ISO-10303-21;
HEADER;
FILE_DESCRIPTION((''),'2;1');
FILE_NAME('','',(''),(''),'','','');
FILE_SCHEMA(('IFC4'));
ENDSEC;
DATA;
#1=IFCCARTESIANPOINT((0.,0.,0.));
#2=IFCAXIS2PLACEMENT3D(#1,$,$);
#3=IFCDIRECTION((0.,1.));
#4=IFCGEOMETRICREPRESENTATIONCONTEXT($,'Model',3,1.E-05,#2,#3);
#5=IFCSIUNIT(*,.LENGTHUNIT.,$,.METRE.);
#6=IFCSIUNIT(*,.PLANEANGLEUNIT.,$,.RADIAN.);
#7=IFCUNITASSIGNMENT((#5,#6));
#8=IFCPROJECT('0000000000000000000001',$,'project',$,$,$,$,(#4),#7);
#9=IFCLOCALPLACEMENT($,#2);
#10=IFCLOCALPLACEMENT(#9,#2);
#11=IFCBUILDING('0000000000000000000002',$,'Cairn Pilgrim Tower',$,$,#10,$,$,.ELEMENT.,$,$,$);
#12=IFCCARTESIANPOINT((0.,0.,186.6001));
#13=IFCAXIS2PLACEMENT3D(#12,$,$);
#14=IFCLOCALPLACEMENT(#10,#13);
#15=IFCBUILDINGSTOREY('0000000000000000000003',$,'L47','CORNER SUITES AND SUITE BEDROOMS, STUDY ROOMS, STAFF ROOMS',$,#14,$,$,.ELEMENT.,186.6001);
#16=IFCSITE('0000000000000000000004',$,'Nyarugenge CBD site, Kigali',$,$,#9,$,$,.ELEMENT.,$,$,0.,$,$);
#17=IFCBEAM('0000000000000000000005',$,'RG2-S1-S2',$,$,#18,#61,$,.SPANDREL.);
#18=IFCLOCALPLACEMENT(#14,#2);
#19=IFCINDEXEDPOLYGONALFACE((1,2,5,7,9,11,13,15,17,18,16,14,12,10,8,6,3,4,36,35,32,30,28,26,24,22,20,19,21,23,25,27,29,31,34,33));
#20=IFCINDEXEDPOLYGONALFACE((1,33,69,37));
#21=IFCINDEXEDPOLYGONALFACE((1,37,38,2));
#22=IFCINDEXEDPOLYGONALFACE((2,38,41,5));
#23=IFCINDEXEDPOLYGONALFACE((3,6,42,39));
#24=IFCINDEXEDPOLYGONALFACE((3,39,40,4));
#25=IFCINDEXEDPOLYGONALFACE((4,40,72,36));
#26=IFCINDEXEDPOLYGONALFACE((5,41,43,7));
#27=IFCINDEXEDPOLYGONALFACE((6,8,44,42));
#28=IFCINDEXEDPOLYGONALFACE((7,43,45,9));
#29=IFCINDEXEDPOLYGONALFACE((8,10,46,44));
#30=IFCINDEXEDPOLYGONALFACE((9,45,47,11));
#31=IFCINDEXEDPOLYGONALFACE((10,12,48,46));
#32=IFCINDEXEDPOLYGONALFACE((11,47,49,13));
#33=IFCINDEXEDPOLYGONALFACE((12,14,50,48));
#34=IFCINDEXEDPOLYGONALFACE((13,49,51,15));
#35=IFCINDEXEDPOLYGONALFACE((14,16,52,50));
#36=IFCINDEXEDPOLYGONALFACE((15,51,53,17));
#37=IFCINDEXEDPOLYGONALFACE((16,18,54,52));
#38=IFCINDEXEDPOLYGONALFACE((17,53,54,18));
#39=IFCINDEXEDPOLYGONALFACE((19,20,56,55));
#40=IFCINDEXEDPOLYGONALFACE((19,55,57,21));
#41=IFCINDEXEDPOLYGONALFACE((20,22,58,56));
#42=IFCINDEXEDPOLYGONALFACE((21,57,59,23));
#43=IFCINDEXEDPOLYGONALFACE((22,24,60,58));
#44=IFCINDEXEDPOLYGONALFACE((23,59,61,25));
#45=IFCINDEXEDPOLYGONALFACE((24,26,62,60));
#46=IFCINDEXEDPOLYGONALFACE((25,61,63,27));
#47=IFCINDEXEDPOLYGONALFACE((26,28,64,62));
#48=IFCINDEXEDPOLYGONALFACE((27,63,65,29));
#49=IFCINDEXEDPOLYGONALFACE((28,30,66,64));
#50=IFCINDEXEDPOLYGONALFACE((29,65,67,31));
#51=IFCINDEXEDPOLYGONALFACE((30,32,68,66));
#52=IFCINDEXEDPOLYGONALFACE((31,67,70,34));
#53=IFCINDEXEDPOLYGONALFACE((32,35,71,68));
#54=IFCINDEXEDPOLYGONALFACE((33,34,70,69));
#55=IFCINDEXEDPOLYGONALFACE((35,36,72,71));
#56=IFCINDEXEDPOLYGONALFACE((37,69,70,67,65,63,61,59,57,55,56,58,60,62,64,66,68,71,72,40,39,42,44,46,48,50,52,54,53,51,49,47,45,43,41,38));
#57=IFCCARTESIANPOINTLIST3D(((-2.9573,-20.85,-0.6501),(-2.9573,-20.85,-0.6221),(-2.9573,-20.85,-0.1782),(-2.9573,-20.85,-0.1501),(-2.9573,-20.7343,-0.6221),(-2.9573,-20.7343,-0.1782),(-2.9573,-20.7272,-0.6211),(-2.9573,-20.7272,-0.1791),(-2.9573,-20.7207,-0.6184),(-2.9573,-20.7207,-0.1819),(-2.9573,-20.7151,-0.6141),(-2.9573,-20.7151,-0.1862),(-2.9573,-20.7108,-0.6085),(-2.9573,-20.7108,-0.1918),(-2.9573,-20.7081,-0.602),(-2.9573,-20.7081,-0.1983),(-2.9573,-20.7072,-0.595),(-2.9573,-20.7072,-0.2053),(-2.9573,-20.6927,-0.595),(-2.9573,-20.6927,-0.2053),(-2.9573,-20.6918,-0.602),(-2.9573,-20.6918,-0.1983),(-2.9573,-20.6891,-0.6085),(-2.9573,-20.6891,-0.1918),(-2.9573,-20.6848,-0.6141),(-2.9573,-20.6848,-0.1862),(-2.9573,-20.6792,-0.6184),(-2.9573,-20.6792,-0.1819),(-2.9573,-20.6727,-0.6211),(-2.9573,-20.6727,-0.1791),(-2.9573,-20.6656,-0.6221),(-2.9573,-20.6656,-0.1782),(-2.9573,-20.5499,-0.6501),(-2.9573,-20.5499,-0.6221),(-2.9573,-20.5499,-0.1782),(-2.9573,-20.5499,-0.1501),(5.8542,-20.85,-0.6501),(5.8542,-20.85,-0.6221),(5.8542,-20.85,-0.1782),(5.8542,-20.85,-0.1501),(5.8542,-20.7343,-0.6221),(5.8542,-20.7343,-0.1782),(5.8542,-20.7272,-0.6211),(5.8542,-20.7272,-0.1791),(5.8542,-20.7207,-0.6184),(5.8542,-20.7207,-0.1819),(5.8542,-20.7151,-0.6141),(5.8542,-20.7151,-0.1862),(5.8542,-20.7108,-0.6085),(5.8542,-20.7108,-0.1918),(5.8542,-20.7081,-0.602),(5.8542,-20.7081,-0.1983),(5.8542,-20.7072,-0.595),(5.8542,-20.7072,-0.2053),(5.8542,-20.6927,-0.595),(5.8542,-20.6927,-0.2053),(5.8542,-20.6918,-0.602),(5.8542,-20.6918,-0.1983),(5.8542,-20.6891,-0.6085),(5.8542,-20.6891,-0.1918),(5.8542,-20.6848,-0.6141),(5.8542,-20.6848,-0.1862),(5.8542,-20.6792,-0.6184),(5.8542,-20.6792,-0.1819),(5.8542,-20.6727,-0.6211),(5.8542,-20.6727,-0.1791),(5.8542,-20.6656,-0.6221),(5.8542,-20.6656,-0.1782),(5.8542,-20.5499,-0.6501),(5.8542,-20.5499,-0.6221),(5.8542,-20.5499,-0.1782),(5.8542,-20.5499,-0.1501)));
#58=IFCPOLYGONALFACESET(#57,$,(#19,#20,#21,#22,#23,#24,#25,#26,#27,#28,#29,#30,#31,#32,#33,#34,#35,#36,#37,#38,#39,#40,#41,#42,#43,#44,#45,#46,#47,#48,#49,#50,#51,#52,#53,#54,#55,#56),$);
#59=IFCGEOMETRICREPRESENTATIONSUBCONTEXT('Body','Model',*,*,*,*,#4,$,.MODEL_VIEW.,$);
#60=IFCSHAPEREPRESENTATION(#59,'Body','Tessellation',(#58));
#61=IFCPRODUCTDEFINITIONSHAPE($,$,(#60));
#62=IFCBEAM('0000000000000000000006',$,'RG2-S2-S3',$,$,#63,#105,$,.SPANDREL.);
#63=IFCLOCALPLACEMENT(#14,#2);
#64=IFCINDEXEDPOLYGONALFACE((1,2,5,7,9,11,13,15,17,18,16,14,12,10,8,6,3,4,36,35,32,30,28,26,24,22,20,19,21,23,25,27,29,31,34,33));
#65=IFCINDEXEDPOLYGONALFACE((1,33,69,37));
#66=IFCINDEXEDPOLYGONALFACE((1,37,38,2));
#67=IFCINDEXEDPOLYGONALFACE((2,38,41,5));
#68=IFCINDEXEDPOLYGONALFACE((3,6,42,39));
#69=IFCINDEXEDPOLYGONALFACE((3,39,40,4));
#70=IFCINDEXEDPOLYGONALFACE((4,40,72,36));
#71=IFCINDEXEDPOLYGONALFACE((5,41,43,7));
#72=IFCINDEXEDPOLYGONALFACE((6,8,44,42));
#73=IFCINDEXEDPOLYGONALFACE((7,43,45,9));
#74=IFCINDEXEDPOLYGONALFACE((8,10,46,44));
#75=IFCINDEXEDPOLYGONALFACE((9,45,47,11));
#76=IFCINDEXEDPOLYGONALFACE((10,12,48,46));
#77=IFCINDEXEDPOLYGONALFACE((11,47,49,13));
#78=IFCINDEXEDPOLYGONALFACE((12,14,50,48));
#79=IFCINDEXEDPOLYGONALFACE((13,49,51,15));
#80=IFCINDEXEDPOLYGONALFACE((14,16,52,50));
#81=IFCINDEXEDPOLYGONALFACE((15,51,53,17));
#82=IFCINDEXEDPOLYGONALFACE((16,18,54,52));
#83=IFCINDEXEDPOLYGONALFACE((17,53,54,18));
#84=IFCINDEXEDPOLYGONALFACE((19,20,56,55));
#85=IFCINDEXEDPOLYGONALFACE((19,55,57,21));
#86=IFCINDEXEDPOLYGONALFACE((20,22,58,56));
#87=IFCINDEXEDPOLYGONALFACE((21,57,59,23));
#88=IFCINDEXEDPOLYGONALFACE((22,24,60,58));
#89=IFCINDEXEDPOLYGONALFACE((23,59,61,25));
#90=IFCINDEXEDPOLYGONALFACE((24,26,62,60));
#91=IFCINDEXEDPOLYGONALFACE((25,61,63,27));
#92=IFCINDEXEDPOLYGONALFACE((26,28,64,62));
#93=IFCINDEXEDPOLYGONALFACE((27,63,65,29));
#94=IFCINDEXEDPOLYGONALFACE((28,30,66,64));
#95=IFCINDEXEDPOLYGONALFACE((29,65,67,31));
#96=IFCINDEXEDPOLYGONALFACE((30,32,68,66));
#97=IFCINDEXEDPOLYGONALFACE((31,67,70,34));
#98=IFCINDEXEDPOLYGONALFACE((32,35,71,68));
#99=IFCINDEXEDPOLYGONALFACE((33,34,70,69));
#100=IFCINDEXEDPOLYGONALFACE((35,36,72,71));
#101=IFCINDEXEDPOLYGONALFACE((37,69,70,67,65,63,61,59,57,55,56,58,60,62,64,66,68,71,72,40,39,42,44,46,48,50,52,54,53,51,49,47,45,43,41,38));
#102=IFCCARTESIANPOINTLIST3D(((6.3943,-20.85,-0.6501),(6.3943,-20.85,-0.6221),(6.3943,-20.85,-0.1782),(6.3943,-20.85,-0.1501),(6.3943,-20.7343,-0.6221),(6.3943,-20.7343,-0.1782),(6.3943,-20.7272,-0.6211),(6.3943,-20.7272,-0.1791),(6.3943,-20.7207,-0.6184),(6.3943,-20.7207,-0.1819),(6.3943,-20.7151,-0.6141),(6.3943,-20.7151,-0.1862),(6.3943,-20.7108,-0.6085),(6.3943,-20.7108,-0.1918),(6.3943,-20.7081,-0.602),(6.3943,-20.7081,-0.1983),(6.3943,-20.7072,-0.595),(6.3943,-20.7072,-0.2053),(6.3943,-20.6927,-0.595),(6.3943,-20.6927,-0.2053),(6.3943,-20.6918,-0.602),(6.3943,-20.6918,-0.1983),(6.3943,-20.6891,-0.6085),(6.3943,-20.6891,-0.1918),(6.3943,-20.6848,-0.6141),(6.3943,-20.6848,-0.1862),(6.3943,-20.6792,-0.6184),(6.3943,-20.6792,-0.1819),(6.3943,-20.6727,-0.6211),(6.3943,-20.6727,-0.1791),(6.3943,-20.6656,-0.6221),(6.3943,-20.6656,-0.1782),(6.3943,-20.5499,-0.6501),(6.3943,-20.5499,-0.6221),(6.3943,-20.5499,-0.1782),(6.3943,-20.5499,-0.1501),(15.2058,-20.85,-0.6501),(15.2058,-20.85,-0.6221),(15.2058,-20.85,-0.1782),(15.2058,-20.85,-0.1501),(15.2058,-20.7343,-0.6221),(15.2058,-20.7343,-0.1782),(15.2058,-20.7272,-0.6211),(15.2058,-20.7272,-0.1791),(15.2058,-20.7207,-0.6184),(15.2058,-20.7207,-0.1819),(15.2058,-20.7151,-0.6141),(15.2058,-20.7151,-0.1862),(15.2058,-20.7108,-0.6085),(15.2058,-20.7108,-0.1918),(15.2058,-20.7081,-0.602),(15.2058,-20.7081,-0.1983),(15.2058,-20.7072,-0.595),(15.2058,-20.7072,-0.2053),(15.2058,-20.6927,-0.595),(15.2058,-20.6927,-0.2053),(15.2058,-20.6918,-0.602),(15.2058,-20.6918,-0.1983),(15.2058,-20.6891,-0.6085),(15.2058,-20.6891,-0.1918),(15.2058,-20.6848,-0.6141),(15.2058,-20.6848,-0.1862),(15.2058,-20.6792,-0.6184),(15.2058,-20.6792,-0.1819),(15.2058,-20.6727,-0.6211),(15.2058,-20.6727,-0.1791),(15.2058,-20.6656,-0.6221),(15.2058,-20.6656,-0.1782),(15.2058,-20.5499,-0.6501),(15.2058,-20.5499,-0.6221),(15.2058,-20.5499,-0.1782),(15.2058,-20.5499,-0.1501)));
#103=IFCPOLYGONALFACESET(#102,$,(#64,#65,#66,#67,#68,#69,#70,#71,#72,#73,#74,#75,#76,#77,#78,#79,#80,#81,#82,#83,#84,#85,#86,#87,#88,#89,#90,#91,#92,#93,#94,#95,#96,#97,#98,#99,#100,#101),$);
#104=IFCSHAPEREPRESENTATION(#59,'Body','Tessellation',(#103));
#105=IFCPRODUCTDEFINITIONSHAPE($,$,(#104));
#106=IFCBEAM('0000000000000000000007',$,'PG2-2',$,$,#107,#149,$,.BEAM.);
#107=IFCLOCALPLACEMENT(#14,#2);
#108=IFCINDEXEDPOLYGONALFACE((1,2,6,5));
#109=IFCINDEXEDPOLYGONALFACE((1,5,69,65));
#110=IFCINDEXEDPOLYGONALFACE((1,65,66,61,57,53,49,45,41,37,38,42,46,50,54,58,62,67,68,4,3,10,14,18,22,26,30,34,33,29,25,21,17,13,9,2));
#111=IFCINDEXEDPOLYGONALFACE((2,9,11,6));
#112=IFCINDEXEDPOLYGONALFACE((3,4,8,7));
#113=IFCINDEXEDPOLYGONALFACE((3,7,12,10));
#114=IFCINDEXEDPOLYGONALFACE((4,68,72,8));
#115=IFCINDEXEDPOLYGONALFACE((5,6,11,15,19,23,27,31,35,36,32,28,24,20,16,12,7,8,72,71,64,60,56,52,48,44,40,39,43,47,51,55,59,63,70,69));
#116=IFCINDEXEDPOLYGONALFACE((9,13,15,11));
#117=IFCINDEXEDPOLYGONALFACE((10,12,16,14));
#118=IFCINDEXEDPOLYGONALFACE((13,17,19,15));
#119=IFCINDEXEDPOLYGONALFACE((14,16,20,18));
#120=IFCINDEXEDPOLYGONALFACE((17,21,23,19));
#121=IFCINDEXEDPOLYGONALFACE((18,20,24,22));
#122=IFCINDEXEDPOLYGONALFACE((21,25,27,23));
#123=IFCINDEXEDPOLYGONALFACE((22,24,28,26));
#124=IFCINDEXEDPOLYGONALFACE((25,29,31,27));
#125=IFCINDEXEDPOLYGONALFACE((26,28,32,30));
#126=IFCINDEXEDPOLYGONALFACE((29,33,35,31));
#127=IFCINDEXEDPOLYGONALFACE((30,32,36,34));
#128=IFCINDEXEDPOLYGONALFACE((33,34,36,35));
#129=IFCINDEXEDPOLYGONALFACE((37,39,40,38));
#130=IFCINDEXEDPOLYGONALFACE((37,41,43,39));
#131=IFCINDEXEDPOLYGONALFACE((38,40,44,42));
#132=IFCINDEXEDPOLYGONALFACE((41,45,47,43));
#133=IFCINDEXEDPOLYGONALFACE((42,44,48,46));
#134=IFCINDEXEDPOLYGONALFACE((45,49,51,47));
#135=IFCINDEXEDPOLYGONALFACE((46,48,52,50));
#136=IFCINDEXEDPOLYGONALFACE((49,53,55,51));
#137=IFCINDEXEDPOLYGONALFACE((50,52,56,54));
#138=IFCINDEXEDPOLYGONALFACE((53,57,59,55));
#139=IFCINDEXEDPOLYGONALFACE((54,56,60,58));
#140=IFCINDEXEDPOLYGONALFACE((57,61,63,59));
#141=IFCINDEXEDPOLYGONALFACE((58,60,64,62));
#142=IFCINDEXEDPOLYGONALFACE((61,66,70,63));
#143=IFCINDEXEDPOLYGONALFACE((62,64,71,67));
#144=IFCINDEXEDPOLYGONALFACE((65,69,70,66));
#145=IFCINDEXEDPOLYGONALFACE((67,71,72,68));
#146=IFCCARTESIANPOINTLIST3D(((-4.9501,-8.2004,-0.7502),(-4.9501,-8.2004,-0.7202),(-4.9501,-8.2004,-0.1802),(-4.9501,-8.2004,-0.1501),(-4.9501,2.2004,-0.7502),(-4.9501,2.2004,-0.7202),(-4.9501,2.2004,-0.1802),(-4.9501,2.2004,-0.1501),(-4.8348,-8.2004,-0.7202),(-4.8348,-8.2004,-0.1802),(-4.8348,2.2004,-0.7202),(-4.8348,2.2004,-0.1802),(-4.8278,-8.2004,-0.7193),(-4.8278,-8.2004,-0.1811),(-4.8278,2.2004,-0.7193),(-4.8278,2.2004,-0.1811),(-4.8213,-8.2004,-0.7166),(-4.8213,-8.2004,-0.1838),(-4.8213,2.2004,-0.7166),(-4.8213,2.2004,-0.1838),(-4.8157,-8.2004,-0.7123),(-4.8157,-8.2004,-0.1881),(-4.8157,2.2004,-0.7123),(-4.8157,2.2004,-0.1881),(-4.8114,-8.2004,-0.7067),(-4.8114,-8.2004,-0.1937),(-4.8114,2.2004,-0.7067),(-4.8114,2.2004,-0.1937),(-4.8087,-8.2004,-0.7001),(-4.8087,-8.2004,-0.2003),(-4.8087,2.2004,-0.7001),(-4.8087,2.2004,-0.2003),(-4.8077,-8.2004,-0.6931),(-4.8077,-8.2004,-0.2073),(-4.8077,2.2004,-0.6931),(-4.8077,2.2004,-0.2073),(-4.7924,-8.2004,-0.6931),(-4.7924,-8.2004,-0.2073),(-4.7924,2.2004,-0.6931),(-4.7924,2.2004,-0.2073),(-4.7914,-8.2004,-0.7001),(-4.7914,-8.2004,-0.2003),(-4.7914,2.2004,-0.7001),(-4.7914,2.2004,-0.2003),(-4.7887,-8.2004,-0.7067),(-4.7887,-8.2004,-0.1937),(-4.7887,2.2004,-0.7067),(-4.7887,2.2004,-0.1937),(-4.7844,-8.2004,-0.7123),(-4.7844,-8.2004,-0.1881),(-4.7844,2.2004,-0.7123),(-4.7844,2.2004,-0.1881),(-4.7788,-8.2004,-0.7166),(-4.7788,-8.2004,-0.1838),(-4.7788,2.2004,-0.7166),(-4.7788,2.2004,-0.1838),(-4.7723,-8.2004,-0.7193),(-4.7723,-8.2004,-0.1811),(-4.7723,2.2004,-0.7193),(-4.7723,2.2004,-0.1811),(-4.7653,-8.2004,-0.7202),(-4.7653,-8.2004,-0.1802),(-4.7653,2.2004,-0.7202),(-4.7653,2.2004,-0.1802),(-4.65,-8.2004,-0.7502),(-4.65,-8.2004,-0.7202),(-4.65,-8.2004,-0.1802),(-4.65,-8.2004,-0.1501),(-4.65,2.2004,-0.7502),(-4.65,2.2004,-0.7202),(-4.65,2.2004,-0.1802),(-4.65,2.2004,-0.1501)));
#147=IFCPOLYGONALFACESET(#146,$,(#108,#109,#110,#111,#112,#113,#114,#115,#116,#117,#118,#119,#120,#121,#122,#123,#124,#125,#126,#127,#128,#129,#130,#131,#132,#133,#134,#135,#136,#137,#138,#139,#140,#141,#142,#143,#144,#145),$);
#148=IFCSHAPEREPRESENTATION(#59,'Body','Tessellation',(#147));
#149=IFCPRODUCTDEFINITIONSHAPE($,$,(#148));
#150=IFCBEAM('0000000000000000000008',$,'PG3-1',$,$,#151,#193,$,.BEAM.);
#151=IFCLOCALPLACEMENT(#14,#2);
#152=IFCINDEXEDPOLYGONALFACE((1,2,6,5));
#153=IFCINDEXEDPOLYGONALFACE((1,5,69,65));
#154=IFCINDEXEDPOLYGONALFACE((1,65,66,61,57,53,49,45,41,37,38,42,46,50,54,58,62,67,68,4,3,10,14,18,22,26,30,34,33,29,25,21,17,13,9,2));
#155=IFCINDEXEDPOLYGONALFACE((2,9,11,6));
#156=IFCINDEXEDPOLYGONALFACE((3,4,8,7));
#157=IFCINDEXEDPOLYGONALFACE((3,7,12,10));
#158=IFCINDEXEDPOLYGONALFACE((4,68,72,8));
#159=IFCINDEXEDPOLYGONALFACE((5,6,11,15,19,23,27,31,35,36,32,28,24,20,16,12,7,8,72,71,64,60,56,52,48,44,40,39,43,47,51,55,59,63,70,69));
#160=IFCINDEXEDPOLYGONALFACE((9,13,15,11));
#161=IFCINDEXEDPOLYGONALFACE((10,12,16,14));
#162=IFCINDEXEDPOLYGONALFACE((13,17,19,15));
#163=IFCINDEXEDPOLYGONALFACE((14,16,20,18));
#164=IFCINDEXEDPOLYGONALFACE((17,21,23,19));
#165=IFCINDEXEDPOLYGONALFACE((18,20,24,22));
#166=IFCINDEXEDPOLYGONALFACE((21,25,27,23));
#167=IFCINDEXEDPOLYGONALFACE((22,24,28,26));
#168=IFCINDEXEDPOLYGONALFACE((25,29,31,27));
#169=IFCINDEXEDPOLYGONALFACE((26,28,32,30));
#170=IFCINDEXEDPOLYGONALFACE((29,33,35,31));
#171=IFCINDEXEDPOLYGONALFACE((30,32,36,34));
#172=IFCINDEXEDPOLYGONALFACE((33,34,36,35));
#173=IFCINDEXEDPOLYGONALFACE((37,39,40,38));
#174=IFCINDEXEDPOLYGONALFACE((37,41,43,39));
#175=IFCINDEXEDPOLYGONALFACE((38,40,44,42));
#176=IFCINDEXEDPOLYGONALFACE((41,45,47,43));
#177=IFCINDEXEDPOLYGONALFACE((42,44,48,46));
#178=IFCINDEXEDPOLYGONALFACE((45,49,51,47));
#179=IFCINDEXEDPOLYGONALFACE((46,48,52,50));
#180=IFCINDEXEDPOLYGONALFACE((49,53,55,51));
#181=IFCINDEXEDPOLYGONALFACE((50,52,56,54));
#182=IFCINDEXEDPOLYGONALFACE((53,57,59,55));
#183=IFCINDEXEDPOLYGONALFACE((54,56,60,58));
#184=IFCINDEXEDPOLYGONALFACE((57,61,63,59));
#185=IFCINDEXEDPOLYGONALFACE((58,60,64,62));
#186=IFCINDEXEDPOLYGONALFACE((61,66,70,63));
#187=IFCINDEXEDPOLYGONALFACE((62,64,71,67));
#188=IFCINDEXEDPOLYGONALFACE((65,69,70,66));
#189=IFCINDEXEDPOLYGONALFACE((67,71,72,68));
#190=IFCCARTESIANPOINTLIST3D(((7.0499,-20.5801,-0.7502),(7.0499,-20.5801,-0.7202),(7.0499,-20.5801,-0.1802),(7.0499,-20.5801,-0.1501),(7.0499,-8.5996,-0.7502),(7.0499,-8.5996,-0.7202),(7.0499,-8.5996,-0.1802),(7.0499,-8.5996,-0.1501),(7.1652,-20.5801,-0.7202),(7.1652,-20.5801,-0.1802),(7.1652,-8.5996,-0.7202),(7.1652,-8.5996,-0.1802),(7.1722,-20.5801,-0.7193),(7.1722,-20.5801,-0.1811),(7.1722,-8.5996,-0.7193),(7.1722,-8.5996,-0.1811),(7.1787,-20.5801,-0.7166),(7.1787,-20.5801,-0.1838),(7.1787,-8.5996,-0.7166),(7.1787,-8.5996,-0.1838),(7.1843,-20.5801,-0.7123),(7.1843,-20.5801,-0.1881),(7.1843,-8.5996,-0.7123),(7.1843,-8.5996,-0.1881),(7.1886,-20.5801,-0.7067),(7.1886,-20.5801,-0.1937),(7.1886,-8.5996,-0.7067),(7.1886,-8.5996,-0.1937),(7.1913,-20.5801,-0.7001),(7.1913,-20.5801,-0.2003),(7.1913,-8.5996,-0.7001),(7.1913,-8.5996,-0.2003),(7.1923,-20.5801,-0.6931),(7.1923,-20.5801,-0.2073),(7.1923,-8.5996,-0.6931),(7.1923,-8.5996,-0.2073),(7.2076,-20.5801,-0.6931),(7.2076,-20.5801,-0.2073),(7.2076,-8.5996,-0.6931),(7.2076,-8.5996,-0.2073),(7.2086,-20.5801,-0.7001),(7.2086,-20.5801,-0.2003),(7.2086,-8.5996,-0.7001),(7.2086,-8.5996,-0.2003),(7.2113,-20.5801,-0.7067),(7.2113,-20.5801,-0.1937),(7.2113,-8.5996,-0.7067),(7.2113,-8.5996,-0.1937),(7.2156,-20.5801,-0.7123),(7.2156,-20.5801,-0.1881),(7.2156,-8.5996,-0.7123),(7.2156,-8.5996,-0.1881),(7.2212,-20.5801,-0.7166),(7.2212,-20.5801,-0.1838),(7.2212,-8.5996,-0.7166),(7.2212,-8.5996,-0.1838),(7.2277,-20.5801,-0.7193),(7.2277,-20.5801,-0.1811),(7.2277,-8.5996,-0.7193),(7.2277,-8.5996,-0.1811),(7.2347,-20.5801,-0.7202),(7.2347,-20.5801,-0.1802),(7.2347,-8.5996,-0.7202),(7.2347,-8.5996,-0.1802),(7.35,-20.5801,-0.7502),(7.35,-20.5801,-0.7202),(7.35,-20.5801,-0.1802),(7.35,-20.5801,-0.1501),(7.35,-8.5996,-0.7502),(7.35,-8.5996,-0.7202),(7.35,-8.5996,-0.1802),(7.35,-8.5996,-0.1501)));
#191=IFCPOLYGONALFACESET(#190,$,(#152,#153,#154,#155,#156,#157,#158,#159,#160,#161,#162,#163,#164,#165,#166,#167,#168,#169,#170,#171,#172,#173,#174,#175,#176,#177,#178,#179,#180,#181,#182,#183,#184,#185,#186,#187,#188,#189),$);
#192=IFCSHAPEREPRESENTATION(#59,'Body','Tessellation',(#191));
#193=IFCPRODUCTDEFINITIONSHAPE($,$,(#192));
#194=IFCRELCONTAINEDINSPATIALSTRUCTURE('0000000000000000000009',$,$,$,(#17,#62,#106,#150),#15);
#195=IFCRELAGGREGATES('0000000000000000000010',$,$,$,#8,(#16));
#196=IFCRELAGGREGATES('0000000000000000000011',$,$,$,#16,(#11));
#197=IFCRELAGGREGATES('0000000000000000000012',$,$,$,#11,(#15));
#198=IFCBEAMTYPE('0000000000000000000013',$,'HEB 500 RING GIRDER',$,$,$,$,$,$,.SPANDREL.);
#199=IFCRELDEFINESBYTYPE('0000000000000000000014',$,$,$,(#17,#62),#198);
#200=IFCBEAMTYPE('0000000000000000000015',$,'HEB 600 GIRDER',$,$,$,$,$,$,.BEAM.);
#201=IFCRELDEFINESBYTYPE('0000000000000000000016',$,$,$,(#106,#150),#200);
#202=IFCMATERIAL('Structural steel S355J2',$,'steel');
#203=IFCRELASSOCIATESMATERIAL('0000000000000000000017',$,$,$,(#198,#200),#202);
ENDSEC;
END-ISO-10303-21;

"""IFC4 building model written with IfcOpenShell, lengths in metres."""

from ifc_helpers import new_model, si_unit, direction, frame, origin, origin_2d, place, context, subcontext, project, spatial, i_section, extrude, material, material_profile, profile_set, type_object, element, save


model = new_model("IFC4")

# Units and contexts
model_context = context("Model", 3, precision=1e-05, world=origin(), true_north=direction((0.0, 1.0)))
body_context = subcontext(model_context, "Body", "Model", "MODEL_VIEW")
ifc_project = project(units=[si_unit("LENGTHUNIT", "METRE"), si_unit("PLANEANGLEUNIT", "RADIAN")], contexts=[model_context])

# Site, building, storey
site_placement = place(None, origin())
site = spatial("IfcSite", under=ifc_project, at=site_placement, Name="Nyarugenge CBD site, Kigali", CompositionType="ELEMENT", RefElevation=0.0)
building_placement = place(site_placement, origin())
building = spatial("IfcBuilding", under=site, at=building_placement, Name="Cairn Pilgrim Tower", CompositionType="ELEMENT")
storey_placement = place(building_placement, frame((0.0, 0.0, 186.6001)))
storey = spatial("IfcBuildingStorey", under=building, at=storey_placement, Name="L47", Description="CORNER SUITES AND SUITE BEDROOMS, STUDY ROOMS, STAFF ROOMS", CompositionType="ELEMENT", Elevation=186.6001)

# Shared definitions
ifc_material_1 = material(Name="Structural steel S355J2", Category="steel")

# Beams
ifc_material_profile_1 = material_profile(ifc_material_1, i_section(OverallWidth=0.3, OverallDepth=0.5, WebThickness=0.0144, FlangeThickness=0.0281, FilletRadius=0.0271, at=origin_2d()), Name="HEB 500")
ifc_profile_set_1 = profile_set([ifc_material_profile_1], Name="Structural steel S355J2")
beam_type_1 = type_object("IfcBeamType", Name="HEB 500 RING GIRDER", PredefinedType="SPANDREL", material=ifc_profile_set_1)
for number, where, z_axis, x_axis, name in (
    (1, (-2.9573, -20.7, -0.4001), (1.0, 0.0, 0.0), (0.0, 1.0, 0.0), "RG2-S1-S2"),
    (2, (6.3943, -20.7, -0.4001), (1.0, 0.0, 0.0), (0.0, 1.0, 0.0), "RG2-S2-S3"),
):
    element("IfcBeam", number, at=place(storey_placement, frame(where, z_axis=z_axis, x_axis=x_axis)), inside=storey, type_object=beam_type_1, Name=name, PredefinedType="SPANDREL", context=body_context, shape_type="SweptSolid", body=[
        extrude(i_section(OverallWidth=0.3, OverallDepth=0.5, WebThickness=0.0144, FlangeThickness=0.0281, FilletRadius=0.0271, at=origin_2d()), origin(), (0.0, 0.0, 1.0), 8.8115),
    ])
ifc_material_profile_2 = material_profile(ifc_material_1, i_section(OverallWidth=0.3, OverallDepth=0.6001, WebThickness=0.0154, FlangeThickness=0.03, FilletRadius=0.0271, at=origin_2d()), Name="HEB 600")
ifc_profile_set_2 = profile_set([ifc_material_profile_2], Name="Structural steel S355J2")
beam_type_2 = type_object("IfcBeamType", Name="HEB 600 GIRDER", PredefinedType="BEAM", material=ifc_profile_set_2)
beam_1_placement = place(storey_placement, frame((-4.8, -8.2004, -0.4502), z_axis=(0.0, 1.0, 0.0), x_axis=(-1.0, 0.0, 0.0)))
element("IfcBeam", 3, at=beam_1_placement, inside=storey, type_object=beam_type_2, Name="PG2-2", PredefinedType="BEAM", context=body_context, shape_type="SweptSolid", body=[
    extrude(i_section(OverallWidth=0.3, OverallDepth=0.6001, WebThickness=0.0154, FlangeThickness=0.03, FilletRadius=0.0271, at=origin_2d()), origin(), (0.0, 0.0, 1.0), 10.4009),
])
beam_2_placement = place(storey_placement, frame((7.2, -20.5801, -0.4502), z_axis=(0.0, 1.0, 0.0), x_axis=(-1.0, 0.0, 0.0)))
element("IfcBeam", 4, at=beam_2_placement, inside=storey, type_object=beam_type_2, Name="PG3-1", PredefinedType="BEAM", context=body_context, shape_type="SweptSolid", body=[
    extrude(i_section(OverallWidth=0.3, OverallDepth=0.6001, WebThickness=0.0154, FlangeThickness=0.03, FilletRadius=0.0271, at=origin_2d()), origin(), (0.0, 0.0, 1.0), 11.9805),
])

save(model, "model.ifc")
